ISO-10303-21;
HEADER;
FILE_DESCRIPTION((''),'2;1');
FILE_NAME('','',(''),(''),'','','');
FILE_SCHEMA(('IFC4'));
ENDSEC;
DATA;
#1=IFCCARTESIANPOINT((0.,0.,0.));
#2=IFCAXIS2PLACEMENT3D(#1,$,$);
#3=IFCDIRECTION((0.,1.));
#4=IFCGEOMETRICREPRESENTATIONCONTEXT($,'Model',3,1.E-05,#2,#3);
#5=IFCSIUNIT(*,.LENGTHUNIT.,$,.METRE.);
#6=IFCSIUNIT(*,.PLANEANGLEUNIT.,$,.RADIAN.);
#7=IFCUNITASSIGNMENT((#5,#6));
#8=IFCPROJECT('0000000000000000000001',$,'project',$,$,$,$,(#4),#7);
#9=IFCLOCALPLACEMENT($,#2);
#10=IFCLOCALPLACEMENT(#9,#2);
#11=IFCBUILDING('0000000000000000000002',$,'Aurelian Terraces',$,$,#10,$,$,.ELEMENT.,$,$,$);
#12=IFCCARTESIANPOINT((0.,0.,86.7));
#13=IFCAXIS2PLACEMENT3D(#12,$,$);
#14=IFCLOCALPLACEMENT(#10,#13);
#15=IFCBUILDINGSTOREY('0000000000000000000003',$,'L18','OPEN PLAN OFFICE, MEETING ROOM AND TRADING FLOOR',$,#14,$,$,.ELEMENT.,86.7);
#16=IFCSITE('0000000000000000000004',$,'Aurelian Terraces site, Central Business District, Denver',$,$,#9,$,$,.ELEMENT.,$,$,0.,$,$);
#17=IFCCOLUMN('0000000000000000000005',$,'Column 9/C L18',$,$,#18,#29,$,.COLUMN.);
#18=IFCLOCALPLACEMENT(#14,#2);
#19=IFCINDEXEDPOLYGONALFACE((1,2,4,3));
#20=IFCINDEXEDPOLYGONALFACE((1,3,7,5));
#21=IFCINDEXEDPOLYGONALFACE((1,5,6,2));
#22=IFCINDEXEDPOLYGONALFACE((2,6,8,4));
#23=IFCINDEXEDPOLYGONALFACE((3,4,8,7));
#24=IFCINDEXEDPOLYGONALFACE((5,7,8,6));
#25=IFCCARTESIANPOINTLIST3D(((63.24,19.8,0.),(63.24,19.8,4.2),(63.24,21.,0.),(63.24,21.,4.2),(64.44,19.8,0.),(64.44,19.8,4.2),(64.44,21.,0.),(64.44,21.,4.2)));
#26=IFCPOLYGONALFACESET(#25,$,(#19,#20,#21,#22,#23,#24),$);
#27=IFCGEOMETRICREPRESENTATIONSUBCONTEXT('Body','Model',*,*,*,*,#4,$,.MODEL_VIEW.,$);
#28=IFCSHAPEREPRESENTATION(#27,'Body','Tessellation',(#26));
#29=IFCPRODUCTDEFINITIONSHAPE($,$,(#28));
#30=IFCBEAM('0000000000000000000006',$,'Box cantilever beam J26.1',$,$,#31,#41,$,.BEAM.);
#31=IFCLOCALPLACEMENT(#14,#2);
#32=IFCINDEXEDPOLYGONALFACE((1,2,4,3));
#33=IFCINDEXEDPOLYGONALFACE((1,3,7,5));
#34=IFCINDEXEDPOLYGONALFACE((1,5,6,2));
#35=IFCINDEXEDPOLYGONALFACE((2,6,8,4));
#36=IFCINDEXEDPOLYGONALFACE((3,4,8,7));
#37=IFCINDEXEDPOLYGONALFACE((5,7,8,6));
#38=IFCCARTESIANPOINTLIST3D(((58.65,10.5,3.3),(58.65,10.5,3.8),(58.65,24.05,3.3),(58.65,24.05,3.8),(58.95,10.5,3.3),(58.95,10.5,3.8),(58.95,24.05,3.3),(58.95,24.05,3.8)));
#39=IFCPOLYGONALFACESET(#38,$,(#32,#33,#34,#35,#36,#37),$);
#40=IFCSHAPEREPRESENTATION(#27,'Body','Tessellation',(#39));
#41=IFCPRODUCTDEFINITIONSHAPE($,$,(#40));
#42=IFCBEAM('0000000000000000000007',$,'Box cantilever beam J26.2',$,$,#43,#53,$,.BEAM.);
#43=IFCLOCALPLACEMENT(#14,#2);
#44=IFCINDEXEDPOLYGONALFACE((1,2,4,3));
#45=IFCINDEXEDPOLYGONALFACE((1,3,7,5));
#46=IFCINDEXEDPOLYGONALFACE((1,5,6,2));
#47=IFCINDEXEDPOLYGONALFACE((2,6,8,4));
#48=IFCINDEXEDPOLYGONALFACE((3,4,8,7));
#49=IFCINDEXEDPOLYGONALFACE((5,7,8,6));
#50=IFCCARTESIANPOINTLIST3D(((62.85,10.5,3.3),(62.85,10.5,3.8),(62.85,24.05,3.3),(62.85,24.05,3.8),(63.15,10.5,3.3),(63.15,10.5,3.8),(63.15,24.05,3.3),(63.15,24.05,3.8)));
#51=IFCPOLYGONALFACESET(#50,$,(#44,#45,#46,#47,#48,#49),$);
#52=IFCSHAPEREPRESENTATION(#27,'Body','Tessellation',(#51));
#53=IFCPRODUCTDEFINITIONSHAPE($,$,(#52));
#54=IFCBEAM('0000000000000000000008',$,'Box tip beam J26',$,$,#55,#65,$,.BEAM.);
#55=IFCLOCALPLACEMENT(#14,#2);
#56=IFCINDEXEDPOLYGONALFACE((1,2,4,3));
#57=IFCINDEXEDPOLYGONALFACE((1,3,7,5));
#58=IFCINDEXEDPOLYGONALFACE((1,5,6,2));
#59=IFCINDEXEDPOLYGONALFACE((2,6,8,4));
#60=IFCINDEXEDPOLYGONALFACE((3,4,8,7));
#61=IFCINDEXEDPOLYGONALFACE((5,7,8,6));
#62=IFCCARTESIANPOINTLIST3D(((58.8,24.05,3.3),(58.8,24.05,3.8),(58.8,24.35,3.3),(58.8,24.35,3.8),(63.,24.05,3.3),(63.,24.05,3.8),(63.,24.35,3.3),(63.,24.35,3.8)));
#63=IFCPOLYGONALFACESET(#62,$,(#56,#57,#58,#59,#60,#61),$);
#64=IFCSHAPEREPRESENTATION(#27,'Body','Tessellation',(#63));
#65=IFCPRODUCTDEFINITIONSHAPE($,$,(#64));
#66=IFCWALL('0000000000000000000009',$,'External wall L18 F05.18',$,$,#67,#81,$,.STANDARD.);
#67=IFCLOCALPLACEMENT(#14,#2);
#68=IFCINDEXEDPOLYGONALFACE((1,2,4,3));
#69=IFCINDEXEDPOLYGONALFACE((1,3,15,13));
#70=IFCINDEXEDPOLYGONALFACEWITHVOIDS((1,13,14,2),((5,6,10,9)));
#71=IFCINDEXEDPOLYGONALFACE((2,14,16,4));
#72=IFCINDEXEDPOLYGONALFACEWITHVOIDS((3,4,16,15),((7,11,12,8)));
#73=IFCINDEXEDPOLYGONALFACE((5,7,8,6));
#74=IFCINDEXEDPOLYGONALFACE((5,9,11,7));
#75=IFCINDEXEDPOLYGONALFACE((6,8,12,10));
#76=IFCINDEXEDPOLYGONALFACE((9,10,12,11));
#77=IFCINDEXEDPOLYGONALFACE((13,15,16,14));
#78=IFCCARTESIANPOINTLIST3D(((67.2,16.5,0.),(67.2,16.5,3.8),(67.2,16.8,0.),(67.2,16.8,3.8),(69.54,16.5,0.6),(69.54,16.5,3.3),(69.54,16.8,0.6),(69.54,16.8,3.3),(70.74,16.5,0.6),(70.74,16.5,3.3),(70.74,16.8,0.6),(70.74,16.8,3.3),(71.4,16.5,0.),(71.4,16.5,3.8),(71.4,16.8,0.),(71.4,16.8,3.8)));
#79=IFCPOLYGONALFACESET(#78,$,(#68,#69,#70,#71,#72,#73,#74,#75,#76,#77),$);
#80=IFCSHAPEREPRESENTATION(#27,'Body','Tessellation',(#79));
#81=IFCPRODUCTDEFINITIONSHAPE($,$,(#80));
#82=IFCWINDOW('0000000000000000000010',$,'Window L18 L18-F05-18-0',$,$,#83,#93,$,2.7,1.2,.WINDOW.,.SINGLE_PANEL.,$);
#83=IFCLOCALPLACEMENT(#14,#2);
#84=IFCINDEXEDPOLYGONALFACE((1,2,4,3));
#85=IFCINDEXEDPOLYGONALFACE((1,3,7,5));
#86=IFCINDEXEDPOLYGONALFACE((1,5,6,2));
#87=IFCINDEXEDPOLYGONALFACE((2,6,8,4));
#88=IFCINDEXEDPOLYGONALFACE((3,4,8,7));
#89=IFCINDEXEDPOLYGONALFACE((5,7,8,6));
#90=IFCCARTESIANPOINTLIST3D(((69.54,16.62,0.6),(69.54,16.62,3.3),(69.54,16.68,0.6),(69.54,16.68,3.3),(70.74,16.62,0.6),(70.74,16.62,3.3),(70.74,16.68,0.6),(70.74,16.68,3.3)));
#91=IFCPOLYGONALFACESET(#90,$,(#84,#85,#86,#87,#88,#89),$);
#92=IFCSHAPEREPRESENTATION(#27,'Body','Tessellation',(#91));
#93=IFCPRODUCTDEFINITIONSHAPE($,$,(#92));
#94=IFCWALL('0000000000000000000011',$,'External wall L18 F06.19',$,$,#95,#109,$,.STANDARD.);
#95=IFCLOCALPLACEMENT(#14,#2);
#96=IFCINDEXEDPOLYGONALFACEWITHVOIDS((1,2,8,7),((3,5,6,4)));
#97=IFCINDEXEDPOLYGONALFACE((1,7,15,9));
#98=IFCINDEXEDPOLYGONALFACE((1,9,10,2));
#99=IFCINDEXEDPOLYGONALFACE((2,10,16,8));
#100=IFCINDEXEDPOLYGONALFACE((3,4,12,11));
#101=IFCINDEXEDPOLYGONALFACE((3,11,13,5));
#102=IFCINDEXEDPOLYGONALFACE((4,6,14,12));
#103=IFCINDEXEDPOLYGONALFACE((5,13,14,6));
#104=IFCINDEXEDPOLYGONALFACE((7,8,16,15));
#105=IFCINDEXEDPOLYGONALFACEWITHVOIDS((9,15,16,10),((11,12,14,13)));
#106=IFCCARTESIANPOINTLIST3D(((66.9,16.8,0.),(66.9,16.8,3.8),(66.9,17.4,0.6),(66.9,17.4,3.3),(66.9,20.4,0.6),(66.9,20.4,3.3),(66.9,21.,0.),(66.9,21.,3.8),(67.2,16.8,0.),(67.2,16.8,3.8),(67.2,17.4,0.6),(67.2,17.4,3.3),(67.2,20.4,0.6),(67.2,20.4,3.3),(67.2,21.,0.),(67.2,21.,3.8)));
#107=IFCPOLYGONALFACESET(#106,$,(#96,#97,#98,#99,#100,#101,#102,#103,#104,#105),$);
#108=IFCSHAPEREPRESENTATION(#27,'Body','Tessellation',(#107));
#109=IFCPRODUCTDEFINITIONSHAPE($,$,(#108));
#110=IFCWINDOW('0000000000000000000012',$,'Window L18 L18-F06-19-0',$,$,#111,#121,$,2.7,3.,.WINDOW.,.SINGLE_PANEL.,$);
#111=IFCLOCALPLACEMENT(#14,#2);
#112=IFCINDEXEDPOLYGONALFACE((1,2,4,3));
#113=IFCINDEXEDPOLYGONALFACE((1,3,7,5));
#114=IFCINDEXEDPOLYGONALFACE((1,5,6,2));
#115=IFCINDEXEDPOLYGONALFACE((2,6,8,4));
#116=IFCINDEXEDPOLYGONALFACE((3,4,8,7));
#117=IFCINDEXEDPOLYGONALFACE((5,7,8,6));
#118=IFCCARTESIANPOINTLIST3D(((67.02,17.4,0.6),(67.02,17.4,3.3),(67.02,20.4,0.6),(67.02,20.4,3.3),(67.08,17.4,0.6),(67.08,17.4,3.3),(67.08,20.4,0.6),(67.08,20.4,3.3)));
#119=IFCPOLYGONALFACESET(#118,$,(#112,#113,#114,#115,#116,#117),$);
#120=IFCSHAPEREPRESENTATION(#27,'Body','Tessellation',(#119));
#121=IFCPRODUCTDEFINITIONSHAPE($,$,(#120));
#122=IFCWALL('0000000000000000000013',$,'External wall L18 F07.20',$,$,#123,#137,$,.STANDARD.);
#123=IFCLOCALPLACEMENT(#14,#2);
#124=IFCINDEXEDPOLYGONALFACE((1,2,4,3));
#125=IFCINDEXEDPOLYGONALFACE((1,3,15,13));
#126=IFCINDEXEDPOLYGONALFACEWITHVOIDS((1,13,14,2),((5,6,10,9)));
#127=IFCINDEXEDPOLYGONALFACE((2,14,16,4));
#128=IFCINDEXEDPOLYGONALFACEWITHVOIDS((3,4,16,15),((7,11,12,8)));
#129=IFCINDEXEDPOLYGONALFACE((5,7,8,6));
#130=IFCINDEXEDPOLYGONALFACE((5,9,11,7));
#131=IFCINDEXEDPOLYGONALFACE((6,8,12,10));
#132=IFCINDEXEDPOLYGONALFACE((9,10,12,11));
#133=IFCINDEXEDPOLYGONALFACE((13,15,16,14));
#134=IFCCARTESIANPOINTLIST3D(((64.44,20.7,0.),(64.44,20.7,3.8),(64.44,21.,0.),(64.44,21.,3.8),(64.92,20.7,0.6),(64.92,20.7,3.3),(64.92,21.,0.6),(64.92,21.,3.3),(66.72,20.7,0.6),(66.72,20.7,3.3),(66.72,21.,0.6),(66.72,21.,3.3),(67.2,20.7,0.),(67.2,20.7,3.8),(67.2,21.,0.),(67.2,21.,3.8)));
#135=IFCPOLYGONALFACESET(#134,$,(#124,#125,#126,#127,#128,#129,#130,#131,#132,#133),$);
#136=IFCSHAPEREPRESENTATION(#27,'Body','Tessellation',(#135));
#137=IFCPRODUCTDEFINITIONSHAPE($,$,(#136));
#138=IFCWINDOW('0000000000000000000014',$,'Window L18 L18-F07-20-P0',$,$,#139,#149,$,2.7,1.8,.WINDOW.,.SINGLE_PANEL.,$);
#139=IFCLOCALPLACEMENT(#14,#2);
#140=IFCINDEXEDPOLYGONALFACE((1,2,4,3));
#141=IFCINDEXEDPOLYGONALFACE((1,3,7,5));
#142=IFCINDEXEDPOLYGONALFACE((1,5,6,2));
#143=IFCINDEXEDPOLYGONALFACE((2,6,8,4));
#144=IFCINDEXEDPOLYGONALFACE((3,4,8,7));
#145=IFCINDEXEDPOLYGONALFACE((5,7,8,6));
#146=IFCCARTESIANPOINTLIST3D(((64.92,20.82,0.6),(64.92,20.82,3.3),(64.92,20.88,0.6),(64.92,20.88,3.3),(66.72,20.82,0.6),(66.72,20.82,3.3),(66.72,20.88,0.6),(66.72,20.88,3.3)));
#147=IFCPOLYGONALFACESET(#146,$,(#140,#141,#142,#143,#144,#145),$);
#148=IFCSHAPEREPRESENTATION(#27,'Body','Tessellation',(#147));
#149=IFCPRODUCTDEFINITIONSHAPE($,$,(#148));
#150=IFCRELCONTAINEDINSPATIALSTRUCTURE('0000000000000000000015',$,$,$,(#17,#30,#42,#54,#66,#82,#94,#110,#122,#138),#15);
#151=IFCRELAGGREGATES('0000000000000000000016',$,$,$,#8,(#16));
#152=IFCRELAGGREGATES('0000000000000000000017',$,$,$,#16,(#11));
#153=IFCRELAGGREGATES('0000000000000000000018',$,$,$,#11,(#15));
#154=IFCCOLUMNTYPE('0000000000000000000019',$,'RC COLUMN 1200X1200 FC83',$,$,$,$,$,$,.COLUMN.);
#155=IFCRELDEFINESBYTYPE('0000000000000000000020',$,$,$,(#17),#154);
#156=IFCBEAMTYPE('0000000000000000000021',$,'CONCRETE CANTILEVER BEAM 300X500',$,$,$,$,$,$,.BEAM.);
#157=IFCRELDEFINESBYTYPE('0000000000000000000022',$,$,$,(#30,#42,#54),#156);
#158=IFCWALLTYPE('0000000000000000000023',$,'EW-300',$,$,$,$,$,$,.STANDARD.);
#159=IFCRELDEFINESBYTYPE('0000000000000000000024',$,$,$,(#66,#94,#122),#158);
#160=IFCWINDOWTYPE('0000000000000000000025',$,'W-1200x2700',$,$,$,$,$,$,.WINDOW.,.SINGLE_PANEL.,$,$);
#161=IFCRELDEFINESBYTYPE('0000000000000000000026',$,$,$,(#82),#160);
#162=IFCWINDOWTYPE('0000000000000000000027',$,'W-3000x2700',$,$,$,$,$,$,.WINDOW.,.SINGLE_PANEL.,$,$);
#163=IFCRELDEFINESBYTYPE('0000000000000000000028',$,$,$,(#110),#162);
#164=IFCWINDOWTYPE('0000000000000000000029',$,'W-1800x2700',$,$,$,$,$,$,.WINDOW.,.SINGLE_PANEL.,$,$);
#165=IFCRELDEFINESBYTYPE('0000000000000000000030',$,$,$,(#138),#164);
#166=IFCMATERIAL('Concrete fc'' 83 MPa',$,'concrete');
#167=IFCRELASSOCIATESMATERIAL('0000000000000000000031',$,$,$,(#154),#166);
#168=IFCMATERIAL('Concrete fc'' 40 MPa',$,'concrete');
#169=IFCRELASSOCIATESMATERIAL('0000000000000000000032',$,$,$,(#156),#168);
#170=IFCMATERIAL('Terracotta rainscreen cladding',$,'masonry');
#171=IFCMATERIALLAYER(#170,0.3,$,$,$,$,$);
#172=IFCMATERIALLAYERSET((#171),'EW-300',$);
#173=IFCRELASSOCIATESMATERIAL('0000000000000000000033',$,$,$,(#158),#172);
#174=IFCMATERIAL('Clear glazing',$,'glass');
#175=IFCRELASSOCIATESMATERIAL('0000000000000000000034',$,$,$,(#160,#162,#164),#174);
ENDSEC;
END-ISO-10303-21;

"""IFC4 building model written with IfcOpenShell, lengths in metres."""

from ifc_helpers import new_model, si_unit, direction, frame, frame_2d, origin, origin_2d, place, context, subcontext, project, spatial, rectangle, extrude, source, transform, mapped, material, layer, layer_set, material_profile, profile_set, type_object, element, fill, save


model = new_model("IFC4")

# Units and contexts
model_context = context("Model", 3, precision=1e-05, world=origin(), true_north=direction((0.0, 1.0)))
body_context = subcontext(model_context, "Body", "Model", "MODEL_VIEW")
ifc_project = project(units=[si_unit("LENGTHUNIT", "METRE"), si_unit("PLANEANGLEUNIT", "RADIAN")], contexts=[model_context])

# Site, building, storey
site_placement = place(None, origin())
site = spatial("IfcSite", under=ifc_project, at=site_placement, Name="Aurelian Terraces site, Central Business District, Denver", CompositionType="ELEMENT", RefElevation=0.0)
building_placement = place(site_placement, origin())
building = spatial("IfcBuilding", under=site, at=building_placement, Name="Aurelian Terraces", CompositionType="ELEMENT")
storey_placement = place(building_placement, frame((0.0, 0.0, 86.7)))
storey = spatial("IfcBuildingStorey", under=building, at=storey_placement, Name="L18", Description="OPEN PLAN OFFICE, MEETING ROOM AND TRADING FLOOR", CompositionType="ELEMENT", Elevation=86.7)

# Column
ifc_material_1 = material(Name="Concrete fc' 83 MPa", Category="concrete")
ifc_material_profile_1 = material_profile(ifc_material_1, rectangle(XDim=1.2, YDim=1.2, at=origin_2d()))
ifc_profile_set_1 = profile_set([ifc_material_profile_1], Name="Concrete fc' 83 MPa")
column_type = type_object("IfcColumnType", Name="RC COLUMN 1200X1200 FC83", PredefinedType="COLUMN", material=ifc_profile_set_1)
shared_shape_1 = source(origin(), body_context, "Body", "SweptSolid", [
    extrude(rectangle(XDim=1.2, YDim=1.2, at=origin_2d()), origin(), (0.0, 0.0, 1.0), 4.2),
])
column_placement = place(storey_placement, frame((63.84, 20.4, 0.0), z_axis=(0.0, 0.0, 1.0), x_axis=(1.0, 0.0, 0.0)))
element("IfcColumn", 1, at=column_placement, inside=storey, type_object=column_type, Name="Column 9/C L18", PredefinedType="COLUMN", context=body_context, shape_type="MappedRepresentation", body=[
    mapped(shared_shape_1, transform((0.0, 0.0, 0.0), scale=1.0)),
])

# Beams
ifc_material_2 = material(Name="Concrete fc' 40 MPa", Category="concrete")
ifc_material_profile_2 = material_profile(ifc_material_2, rectangle(XDim=0.3, YDim=0.5, at=origin_2d()))
ifc_profile_set_2 = profile_set([ifc_material_profile_2], Name="Concrete fc' 40 MPa")
beam_type = type_object("IfcBeamType", Name="CONCRETE CANTILEVER BEAM 300X500", PredefinedType="BEAM", material=ifc_profile_set_2)
shared_shape_2 = source(origin(), body_context, "Body", "SweptSolid", [
    extrude(rectangle(XDim=0.3, YDim=0.5, at=origin_2d()), origin(), (0.0, 0.0, 1.0), 13.55),
])
for number, where, z_axis, x_axis, name in (
    (2, (58.8, 24.05, 3.55), (0.0, -1.0, 0.0), (1.0, 0.0, 0.0), "Box cantilever beam J26.1"),
    (3, (63.0, 24.05, 3.55), (0.0, -1.0, 0.0), (1.0, 0.0, 0.0), "Box cantilever beam J26.2"),
):
    element("IfcBeam", number, at=place(storey_placement, frame(where, z_axis=z_axis, x_axis=x_axis)), inside=storey, type_object=beam_type, Name=name, PredefinedType="BEAM", context=body_context, shape_type="MappedRepresentation", body=[
        mapped(shared_shape_2, transform((0.0, 0.0, 0.0), scale=1.0)),
    ])
shared_shape_3 = source(origin(), body_context, "Body", "SweptSolid", [
    extrude(rectangle(XDim=0.3, YDim=0.5, at=origin_2d()), origin(), (0.0, 0.0, 1.0), 4.2),
])
beam_placement = place(storey_placement, frame((58.8, 24.2, 3.55), z_axis=(1.0, 0.0, 0.0), x_axis=(0.0, 1.0, 0.0)))
element("IfcBeam", 4, at=beam_placement, inside=storey, type_object=beam_type, Name="Box tip beam J26", PredefinedType="BEAM", context=body_context, shape_type="MappedRepresentation", body=[
    mapped(shared_shape_3, transform((0.0, 0.0, 0.0), scale=1.0)),
])

# Walls, openings, windows
ifc_material_3 = material(Name="Terracotta rainscreen cladding", Category="masonry")
ifc_layer_1 = layer(ifc_material_3, 0.3)
ifc_layer_set_1 = layer_set([ifc_layer_1], Name="EW-300")
wall_type_1 = type_object("IfcWallType", Name="EW-300", PredefinedType="STANDARD", material=ifc_layer_set_1)
shared_shape_4 = source(origin(), body_context, "Body", "SweptSolid", [
    extrude(rectangle(XDim=4.2, YDim=0.3, at=frame_2d((2.1, 0.0))), origin(), (0.0, 0.0, 1.0), 3.8),
])
wall_1_placement = place(storey_placement, frame((71.4, 16.65, 0.0), z_axis=(0.0, 0.0, 1.0), x_axis=(-1.0, 0.0, 0.0)))
wall_1 = element("IfcWall", 5, at=wall_1_placement, inside=storey, type_object=wall_type_1, Name="External wall L18 F05.18", PredefinedType="STANDARD", context=body_context, shape_type="MappedRepresentation", body=[
    mapped(shared_shape_4, transform((0.0, 0.0, 0.0), scale=1.0)),
])
shared_shape_5 = source(origin(), body_context, "Body", "SweptSolid", [
    extrude(rectangle(XDim=1.2, YDim=2.7, at=frame_2d((0.6, 1.35))), frame((0.0, 0.16, 0.0), z_axis=(0.0, -1.0, 0.0), x_axis=(1.0, 0.0, 0.0)), (0.0, 0.0, 1.0), 0.32),
])
opening_1_placement = place(wall_1_placement, frame((0.66, 0.0, 0.6)))
opening_1 = element("IfcOpeningElement", 6, at=opening_1_placement, cuts=wall_1, PredefinedType="OPENING", context=body_context, shape_type="MappedRepresentation", body=[
    mapped(shared_shape_5, transform((0.0, 0.0, 0.0), scale=1.0)),
])
ifc_material_4 = material(Name="Clear glazing", Category="glass")
window_type_1 = type_object("IfcWindowType", Name="W-1200x2700", PartitioningType="SINGLE_PANEL", PredefinedType="WINDOW", material=ifc_material_4)
shared_shape_6 = source(origin(), body_context, "Body", "SweptSolid", [
    extrude(rectangle(XDim=1.2, YDim=2.7, at=frame_2d((0.6, 1.35))), frame((0.0, 0.03, 0.0), z_axis=(0.0, -1.0, 0.0), x_axis=(1.0, 0.0, 0.0)), (0.0, 0.0, 1.0), 0.06),
])
window_1_placement = place(opening_1_placement, origin())
window_1 = element("IfcWindow", 7, at=window_1_placement, inside=storey, type_object=window_type_1, Name="Window L18 L18-F05-18-0", OverallHeight=2.7, OverallWidth=1.2, PartitioningType="SINGLE_PANEL", PredefinedType="WINDOW", context=body_context, shape_type="MappedRepresentation", body=[
    mapped(shared_shape_6, transform((0.0, 0.0, 0.0), scale=1.0)),
])
fill(opening_1, window_1)
wall_2_placement = place(storey_placement, frame((67.05, 16.8, 0.0), z_axis=(0.0, 0.0, 1.0), x_axis=(0.0, 1.0, 0.0)))
wall_2 = element("IfcWall", 8, at=wall_2_placement, inside=storey, type_object=wall_type_1, Name="External wall L18 F06.19", PredefinedType="STANDARD", context=body_context, shape_type="MappedRepresentation", body=[
    mapped(shared_shape_4, transform((0.0, 0.0, 0.0), scale=1.0)),
])
shared_shape_7 = source(origin(), body_context, "Body", "SweptSolid", [
    extrude(rectangle(XDim=3.0, YDim=2.7, at=frame_2d((1.5, 1.35))), frame((0.0, 0.16, 0.0), z_axis=(0.0, -1.0, 0.0), x_axis=(1.0, 0.0, 0.0)), (0.0, 0.0, 1.0), 0.32),
])
opening_2_placement = place(wall_2_placement, frame((0.6, 0.0, 0.6)))
opening_2 = element("IfcOpeningElement", 9, at=opening_2_placement, cuts=wall_2, PredefinedType="OPENING", context=body_context, shape_type="MappedRepresentation", body=[
    mapped(shared_shape_7, transform((0.0, 0.0, 0.0), scale=1.0)),
])
window_type_2 = type_object("IfcWindowType", Name="W-3000x2700", PartitioningType="SINGLE_PANEL", PredefinedType="WINDOW", material=ifc_material_4)
shared_shape_8 = source(origin(), body_context, "Body", "SweptSolid", [
    extrude(rectangle(XDim=3.0, YDim=2.7, at=frame_2d((1.5, 1.35))), frame((0.0, 0.03, 0.0), z_axis=(0.0, -1.0, 0.0), x_axis=(1.0, 0.0, 0.0)), (0.0, 0.0, 1.0), 0.06),
])
window_2_placement = place(opening_2_placement, origin())
window_2 = element("IfcWindow", 10, at=window_2_placement, inside=storey, type_object=window_type_2, Name="Window L18 L18-F06-19-0", OverallHeight=2.7, OverallWidth=3.0, PartitioningType="SINGLE_PANEL", PredefinedType="WINDOW", context=body_context, shape_type="MappedRepresentation", body=[
    mapped(shared_shape_8, transform((0.0, 0.0, 0.0), scale=1.0)),
])
fill(opening_2, window_2)
shared_shape_9 = source(origin(), body_context, "Body", "SweptSolid", [
    extrude(rectangle(XDim=2.76, YDim=0.3, at=frame_2d((1.38, 0.0))), origin(), (0.0, 0.0, 1.0), 3.8),
])
wall_3_placement = place(storey_placement, frame((67.2, 20.85, 0.0), z_axis=(0.0, 0.0, 1.0), x_axis=(-1.0, 0.0, 0.0)))
wall_3 = element("IfcWall", 11, at=wall_3_placement, inside=storey, type_object=wall_type_1, Name="External wall L18 F07.20", PredefinedType="STANDARD", context=body_context, shape_type="MappedRepresentation", body=[
    mapped(shared_shape_9, transform((0.0, 0.0, 0.0), scale=1.0)),
])
shared_shape_10 = source(origin(), body_context, "Body", "SweptSolid", [
    extrude(rectangle(XDim=1.8, YDim=2.7, at=frame_2d((0.9, 1.35))), frame((0.0, 0.16, 0.0), z_axis=(0.0, -1.0, 0.0), x_axis=(1.0, 0.0, 0.0)), (0.0, 0.0, 1.0), 0.32),
])
opening_3_placement = place(wall_3_placement, frame((0.48, 0.0, 0.6)))
opening_3 = element("IfcOpeningElement", 12, at=opening_3_placement, cuts=wall_3, PredefinedType="OPENING", context=body_context, shape_type="MappedRepresentation", body=[
    mapped(shared_shape_10, transform((0.0, 0.0, 0.0), scale=1.0)),
])
window_type_3 = type_object("IfcWindowType", Name="W-1800x2700", PartitioningType="SINGLE_PANEL", PredefinedType="WINDOW", material=ifc_material_4)
shared_shape_11 = source(origin(), body_context, "Body", "SweptSolid", [
    extrude(rectangle(XDim=1.8, YDim=2.7, at=frame_2d((0.9, 1.35))), frame((0.0, 0.03, 0.0), z_axis=(0.0, -1.0, 0.0), x_axis=(1.0, 0.0, 0.0)), (0.0, 0.0, 1.0), 0.06),
])
window_3_placement = place(opening_3_placement, origin())
window_3 = element("IfcWindow", 13, at=window_3_placement, inside=storey, type_object=window_type_3, Name="Window L18 L18-F07-20-P0", OverallHeight=2.7, OverallWidth=1.8, PartitioningType="SINGLE_PANEL", PredefinedType="WINDOW", context=body_context, shape_type="MappedRepresentation", body=[
    mapped(shared_shape_11, transform((0.0, 0.0, 0.0), scale=1.0)),
])
fill(opening_3, window_3)

save(model, "model.ifc")
